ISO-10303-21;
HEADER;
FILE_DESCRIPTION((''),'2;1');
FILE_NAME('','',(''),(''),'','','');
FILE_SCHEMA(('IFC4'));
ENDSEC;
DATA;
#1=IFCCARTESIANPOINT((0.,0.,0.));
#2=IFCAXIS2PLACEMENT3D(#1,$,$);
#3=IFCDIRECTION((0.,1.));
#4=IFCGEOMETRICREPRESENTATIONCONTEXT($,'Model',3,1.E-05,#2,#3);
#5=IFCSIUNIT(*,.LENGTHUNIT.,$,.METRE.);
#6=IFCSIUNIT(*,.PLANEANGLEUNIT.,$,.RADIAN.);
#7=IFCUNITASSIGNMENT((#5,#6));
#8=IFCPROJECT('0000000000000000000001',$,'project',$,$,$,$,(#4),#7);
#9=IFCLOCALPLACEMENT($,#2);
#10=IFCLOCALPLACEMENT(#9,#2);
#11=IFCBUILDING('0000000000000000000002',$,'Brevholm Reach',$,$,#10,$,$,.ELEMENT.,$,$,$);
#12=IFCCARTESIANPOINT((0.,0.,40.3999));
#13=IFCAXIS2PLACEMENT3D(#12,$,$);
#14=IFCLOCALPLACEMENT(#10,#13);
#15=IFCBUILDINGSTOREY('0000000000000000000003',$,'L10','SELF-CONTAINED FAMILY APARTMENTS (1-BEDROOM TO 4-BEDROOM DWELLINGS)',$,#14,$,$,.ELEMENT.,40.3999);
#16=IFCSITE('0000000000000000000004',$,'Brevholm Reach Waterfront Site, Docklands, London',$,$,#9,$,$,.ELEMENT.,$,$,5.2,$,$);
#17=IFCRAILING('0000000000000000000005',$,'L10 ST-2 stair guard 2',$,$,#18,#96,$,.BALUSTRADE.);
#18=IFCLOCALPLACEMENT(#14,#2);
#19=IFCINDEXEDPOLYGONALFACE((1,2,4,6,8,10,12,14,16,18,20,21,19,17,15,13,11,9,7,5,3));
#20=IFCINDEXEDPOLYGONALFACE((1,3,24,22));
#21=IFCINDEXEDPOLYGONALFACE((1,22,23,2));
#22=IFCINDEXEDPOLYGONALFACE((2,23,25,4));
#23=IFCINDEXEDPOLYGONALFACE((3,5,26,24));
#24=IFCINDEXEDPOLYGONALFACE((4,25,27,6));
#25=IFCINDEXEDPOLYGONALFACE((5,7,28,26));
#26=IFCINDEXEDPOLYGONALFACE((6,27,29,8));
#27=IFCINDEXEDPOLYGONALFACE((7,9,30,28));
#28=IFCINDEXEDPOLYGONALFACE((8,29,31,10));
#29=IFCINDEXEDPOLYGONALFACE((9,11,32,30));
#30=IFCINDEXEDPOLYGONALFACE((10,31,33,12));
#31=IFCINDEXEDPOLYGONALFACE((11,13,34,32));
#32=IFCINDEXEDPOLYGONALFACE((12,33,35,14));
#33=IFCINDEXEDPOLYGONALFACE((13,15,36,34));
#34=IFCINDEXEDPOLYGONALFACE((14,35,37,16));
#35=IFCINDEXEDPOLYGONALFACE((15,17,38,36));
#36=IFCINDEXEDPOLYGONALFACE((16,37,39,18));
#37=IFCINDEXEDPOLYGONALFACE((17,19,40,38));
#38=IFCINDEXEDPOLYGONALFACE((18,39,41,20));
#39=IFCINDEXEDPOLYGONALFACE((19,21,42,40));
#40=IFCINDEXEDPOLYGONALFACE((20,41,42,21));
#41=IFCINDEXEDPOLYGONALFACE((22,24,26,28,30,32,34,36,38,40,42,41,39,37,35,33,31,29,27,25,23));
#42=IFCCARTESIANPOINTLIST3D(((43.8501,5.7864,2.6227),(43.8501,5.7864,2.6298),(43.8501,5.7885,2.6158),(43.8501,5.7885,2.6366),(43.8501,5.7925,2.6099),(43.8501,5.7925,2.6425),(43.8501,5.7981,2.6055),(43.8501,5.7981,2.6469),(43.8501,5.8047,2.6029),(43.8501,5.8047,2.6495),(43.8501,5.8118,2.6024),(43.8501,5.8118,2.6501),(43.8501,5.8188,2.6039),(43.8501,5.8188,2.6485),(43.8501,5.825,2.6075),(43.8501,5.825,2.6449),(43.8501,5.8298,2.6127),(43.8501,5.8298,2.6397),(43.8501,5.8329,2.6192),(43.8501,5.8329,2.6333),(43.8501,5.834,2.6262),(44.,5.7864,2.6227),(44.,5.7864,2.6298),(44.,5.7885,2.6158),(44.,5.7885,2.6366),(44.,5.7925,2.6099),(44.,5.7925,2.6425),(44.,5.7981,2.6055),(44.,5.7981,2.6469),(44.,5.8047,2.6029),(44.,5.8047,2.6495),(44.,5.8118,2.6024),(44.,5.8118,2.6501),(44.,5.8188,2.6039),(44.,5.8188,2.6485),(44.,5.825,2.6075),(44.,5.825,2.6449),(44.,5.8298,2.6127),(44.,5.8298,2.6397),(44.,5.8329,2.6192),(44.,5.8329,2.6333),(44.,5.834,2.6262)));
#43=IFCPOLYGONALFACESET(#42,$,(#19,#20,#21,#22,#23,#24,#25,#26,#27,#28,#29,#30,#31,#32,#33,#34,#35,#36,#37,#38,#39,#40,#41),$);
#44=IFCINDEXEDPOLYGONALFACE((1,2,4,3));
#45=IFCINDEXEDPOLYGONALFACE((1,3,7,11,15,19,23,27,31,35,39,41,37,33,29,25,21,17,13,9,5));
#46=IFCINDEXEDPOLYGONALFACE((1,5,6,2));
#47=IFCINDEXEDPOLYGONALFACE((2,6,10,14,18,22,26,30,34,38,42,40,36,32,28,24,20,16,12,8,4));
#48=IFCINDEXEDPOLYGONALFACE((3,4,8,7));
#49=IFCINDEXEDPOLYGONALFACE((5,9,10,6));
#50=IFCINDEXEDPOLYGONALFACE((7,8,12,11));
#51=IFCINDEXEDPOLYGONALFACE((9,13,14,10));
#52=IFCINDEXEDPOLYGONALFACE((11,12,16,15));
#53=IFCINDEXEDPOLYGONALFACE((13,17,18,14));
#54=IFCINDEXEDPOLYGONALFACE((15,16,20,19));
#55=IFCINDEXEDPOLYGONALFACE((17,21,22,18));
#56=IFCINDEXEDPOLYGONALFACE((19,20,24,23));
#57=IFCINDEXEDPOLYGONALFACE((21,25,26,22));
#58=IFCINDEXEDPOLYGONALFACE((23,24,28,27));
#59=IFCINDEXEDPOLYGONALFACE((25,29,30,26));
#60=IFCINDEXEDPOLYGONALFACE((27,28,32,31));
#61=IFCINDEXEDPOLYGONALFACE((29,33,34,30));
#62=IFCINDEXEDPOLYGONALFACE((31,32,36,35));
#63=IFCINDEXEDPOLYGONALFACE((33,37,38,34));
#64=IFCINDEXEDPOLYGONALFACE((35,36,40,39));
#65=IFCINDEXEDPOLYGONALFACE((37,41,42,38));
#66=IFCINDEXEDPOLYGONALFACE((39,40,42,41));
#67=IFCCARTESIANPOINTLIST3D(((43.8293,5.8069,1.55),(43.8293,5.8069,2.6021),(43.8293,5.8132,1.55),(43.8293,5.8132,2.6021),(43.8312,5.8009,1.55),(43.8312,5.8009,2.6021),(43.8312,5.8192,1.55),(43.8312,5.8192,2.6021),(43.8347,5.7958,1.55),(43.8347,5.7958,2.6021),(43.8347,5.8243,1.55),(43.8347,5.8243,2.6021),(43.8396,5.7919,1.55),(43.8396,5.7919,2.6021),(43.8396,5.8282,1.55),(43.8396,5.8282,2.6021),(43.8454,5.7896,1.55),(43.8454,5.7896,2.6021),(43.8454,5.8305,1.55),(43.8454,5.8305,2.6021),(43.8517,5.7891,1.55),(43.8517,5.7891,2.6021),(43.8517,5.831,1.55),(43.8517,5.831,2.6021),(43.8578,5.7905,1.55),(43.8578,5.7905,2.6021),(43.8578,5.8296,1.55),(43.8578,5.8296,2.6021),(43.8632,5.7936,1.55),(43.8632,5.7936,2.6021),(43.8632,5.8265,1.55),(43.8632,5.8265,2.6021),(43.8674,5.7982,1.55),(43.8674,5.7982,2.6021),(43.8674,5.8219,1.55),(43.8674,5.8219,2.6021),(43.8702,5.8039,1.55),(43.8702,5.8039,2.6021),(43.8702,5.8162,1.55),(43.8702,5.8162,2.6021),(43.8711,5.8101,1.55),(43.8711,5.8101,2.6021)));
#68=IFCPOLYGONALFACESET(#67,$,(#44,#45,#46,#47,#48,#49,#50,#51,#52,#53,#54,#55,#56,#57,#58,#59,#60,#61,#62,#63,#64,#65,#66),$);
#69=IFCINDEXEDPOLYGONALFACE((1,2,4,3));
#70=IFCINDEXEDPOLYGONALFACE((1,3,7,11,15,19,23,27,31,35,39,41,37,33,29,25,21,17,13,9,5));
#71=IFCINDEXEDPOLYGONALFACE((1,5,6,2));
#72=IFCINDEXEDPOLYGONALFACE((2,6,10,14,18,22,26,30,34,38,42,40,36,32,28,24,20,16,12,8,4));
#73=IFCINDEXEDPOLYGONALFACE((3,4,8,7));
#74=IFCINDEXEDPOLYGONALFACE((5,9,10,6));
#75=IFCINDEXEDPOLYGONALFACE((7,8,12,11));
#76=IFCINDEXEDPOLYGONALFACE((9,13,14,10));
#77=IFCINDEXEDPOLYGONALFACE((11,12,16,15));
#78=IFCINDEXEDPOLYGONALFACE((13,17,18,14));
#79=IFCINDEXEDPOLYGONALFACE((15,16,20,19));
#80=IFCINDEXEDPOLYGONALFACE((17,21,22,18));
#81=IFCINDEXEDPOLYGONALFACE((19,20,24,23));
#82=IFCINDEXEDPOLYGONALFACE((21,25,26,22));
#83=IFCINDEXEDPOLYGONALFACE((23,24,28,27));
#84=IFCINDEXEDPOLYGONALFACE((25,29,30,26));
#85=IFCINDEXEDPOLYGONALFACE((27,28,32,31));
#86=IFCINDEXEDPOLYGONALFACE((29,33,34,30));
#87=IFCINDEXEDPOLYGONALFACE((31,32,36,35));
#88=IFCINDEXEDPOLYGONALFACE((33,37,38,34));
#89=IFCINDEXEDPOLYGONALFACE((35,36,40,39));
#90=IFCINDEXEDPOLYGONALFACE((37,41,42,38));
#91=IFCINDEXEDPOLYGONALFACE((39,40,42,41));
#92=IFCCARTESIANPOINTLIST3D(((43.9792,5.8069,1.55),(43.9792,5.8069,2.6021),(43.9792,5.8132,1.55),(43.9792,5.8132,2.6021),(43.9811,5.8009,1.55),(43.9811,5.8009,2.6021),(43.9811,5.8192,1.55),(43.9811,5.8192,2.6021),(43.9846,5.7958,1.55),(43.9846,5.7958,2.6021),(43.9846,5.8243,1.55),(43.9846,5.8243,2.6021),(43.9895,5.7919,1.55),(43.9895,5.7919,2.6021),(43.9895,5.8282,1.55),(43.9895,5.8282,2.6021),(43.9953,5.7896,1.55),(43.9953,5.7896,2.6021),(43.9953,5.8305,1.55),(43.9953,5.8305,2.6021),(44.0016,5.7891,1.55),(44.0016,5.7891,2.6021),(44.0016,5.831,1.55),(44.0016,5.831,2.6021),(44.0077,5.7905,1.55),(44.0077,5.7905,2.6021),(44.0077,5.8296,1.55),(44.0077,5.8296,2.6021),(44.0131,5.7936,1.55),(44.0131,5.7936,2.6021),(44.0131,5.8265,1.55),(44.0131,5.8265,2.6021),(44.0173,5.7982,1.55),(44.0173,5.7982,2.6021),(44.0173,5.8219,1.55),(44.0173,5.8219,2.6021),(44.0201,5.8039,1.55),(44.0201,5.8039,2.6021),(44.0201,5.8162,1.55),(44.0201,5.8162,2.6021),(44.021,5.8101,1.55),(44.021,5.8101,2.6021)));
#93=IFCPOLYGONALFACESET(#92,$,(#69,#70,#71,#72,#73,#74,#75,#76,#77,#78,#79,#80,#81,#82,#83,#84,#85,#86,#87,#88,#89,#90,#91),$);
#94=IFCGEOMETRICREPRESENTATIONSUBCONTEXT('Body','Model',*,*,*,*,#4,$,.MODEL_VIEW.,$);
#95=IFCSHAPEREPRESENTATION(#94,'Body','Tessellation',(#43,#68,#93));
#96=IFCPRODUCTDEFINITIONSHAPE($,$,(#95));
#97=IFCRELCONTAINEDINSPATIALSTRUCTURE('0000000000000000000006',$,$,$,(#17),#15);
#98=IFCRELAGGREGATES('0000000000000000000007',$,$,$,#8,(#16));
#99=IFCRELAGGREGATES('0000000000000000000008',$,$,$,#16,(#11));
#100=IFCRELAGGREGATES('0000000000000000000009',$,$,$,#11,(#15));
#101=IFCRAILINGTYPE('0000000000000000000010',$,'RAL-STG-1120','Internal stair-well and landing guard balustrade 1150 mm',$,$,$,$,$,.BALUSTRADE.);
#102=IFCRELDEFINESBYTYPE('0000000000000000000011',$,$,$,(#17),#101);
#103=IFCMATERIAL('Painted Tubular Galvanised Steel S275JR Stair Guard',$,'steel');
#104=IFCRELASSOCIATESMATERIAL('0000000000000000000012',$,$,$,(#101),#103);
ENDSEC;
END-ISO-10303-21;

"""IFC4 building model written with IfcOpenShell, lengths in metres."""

from ifc_helpers import new_model, si_unit, direction, frame, origin, origin_2d, place, context, subcontext, project, spatial, circle, extrude, material, type_object, element, save


model = new_model("IFC4")

# Units and contexts
model_context = context("Model", 3, precision=1e-05, world=origin(), true_north=direction((0.0, 1.0)))
body_context = subcontext(model_context, "Body", "Model", "MODEL_VIEW")
ifc_project = project(units=[si_unit("LENGTHUNIT", "METRE"), si_unit("PLANEANGLEUNIT", "RADIAN")], contexts=[model_context])

# Site, building, storey
site_placement = place(None, origin())
site = spatial("IfcSite", under=ifc_project, at=site_placement, Name="Brevholm Reach Waterfront Site, Docklands, London", CompositionType="ELEMENT", RefElevation=5.2)
building_placement = place(site_placement, origin())
building = spatial("IfcBuilding", under=site, at=building_placement, Name="Brevholm Reach", CompositionType="ELEMENT")
storey_placement = place(building_placement, frame((0.0, 0.0, 40.3999)))
storey = spatial("IfcBuildingStorey", under=building, at=storey_placement, Name="L10", Description="SELF-CONTAINED FAMILY APARTMENTS (1-BEDROOM TO 4-BEDROOM DWELLINGS)", CompositionType="ELEMENT", Elevation=40.3999)

# Railing
ifc_material_1 = material(Name="Painted Tubular Galvanised Steel S275JR Stair Guard", Category="steel")
railing_type_1 = type_object("IfcRailingType", Name="RAL-STG-1120", Description="Internal stair-well and landing guard balustrade 1150 mm", PredefinedType="BALUSTRADE", material=ifc_material_1)
railing_1_placement = place(storey_placement, frame((43.8501, 5.8101, 1.55)))
element("IfcRailing", 1, at=railing_1_placement, inside=storey, type_object=railing_type_1, Name="L10 ST-2 stair guard 2", PredefinedType="BALUSTRADE", context=body_context, shape_type="SweptSolid", body=[
    extrude(circle(Radius=0.0239, at=origin_2d()), frame((0.0, 0.0, 1.0762), z_axis=(1.0, 0.0, 0.0), x_axis=(0.0, 1.0, 0.0)), (0.0, 0.0, 1.0), 0.1499),
    extrude(circle(Radius=0.021, at=origin_2d()), origin(), (0.0, 0.0, 1.0), 1.052),
    extrude(circle(Radius=0.021, at=origin_2d()), frame((0.1499, 0.0, 0.0)), (0.0, 0.0, 1.0), 1.052),
])

save(model, "model.ifc")
